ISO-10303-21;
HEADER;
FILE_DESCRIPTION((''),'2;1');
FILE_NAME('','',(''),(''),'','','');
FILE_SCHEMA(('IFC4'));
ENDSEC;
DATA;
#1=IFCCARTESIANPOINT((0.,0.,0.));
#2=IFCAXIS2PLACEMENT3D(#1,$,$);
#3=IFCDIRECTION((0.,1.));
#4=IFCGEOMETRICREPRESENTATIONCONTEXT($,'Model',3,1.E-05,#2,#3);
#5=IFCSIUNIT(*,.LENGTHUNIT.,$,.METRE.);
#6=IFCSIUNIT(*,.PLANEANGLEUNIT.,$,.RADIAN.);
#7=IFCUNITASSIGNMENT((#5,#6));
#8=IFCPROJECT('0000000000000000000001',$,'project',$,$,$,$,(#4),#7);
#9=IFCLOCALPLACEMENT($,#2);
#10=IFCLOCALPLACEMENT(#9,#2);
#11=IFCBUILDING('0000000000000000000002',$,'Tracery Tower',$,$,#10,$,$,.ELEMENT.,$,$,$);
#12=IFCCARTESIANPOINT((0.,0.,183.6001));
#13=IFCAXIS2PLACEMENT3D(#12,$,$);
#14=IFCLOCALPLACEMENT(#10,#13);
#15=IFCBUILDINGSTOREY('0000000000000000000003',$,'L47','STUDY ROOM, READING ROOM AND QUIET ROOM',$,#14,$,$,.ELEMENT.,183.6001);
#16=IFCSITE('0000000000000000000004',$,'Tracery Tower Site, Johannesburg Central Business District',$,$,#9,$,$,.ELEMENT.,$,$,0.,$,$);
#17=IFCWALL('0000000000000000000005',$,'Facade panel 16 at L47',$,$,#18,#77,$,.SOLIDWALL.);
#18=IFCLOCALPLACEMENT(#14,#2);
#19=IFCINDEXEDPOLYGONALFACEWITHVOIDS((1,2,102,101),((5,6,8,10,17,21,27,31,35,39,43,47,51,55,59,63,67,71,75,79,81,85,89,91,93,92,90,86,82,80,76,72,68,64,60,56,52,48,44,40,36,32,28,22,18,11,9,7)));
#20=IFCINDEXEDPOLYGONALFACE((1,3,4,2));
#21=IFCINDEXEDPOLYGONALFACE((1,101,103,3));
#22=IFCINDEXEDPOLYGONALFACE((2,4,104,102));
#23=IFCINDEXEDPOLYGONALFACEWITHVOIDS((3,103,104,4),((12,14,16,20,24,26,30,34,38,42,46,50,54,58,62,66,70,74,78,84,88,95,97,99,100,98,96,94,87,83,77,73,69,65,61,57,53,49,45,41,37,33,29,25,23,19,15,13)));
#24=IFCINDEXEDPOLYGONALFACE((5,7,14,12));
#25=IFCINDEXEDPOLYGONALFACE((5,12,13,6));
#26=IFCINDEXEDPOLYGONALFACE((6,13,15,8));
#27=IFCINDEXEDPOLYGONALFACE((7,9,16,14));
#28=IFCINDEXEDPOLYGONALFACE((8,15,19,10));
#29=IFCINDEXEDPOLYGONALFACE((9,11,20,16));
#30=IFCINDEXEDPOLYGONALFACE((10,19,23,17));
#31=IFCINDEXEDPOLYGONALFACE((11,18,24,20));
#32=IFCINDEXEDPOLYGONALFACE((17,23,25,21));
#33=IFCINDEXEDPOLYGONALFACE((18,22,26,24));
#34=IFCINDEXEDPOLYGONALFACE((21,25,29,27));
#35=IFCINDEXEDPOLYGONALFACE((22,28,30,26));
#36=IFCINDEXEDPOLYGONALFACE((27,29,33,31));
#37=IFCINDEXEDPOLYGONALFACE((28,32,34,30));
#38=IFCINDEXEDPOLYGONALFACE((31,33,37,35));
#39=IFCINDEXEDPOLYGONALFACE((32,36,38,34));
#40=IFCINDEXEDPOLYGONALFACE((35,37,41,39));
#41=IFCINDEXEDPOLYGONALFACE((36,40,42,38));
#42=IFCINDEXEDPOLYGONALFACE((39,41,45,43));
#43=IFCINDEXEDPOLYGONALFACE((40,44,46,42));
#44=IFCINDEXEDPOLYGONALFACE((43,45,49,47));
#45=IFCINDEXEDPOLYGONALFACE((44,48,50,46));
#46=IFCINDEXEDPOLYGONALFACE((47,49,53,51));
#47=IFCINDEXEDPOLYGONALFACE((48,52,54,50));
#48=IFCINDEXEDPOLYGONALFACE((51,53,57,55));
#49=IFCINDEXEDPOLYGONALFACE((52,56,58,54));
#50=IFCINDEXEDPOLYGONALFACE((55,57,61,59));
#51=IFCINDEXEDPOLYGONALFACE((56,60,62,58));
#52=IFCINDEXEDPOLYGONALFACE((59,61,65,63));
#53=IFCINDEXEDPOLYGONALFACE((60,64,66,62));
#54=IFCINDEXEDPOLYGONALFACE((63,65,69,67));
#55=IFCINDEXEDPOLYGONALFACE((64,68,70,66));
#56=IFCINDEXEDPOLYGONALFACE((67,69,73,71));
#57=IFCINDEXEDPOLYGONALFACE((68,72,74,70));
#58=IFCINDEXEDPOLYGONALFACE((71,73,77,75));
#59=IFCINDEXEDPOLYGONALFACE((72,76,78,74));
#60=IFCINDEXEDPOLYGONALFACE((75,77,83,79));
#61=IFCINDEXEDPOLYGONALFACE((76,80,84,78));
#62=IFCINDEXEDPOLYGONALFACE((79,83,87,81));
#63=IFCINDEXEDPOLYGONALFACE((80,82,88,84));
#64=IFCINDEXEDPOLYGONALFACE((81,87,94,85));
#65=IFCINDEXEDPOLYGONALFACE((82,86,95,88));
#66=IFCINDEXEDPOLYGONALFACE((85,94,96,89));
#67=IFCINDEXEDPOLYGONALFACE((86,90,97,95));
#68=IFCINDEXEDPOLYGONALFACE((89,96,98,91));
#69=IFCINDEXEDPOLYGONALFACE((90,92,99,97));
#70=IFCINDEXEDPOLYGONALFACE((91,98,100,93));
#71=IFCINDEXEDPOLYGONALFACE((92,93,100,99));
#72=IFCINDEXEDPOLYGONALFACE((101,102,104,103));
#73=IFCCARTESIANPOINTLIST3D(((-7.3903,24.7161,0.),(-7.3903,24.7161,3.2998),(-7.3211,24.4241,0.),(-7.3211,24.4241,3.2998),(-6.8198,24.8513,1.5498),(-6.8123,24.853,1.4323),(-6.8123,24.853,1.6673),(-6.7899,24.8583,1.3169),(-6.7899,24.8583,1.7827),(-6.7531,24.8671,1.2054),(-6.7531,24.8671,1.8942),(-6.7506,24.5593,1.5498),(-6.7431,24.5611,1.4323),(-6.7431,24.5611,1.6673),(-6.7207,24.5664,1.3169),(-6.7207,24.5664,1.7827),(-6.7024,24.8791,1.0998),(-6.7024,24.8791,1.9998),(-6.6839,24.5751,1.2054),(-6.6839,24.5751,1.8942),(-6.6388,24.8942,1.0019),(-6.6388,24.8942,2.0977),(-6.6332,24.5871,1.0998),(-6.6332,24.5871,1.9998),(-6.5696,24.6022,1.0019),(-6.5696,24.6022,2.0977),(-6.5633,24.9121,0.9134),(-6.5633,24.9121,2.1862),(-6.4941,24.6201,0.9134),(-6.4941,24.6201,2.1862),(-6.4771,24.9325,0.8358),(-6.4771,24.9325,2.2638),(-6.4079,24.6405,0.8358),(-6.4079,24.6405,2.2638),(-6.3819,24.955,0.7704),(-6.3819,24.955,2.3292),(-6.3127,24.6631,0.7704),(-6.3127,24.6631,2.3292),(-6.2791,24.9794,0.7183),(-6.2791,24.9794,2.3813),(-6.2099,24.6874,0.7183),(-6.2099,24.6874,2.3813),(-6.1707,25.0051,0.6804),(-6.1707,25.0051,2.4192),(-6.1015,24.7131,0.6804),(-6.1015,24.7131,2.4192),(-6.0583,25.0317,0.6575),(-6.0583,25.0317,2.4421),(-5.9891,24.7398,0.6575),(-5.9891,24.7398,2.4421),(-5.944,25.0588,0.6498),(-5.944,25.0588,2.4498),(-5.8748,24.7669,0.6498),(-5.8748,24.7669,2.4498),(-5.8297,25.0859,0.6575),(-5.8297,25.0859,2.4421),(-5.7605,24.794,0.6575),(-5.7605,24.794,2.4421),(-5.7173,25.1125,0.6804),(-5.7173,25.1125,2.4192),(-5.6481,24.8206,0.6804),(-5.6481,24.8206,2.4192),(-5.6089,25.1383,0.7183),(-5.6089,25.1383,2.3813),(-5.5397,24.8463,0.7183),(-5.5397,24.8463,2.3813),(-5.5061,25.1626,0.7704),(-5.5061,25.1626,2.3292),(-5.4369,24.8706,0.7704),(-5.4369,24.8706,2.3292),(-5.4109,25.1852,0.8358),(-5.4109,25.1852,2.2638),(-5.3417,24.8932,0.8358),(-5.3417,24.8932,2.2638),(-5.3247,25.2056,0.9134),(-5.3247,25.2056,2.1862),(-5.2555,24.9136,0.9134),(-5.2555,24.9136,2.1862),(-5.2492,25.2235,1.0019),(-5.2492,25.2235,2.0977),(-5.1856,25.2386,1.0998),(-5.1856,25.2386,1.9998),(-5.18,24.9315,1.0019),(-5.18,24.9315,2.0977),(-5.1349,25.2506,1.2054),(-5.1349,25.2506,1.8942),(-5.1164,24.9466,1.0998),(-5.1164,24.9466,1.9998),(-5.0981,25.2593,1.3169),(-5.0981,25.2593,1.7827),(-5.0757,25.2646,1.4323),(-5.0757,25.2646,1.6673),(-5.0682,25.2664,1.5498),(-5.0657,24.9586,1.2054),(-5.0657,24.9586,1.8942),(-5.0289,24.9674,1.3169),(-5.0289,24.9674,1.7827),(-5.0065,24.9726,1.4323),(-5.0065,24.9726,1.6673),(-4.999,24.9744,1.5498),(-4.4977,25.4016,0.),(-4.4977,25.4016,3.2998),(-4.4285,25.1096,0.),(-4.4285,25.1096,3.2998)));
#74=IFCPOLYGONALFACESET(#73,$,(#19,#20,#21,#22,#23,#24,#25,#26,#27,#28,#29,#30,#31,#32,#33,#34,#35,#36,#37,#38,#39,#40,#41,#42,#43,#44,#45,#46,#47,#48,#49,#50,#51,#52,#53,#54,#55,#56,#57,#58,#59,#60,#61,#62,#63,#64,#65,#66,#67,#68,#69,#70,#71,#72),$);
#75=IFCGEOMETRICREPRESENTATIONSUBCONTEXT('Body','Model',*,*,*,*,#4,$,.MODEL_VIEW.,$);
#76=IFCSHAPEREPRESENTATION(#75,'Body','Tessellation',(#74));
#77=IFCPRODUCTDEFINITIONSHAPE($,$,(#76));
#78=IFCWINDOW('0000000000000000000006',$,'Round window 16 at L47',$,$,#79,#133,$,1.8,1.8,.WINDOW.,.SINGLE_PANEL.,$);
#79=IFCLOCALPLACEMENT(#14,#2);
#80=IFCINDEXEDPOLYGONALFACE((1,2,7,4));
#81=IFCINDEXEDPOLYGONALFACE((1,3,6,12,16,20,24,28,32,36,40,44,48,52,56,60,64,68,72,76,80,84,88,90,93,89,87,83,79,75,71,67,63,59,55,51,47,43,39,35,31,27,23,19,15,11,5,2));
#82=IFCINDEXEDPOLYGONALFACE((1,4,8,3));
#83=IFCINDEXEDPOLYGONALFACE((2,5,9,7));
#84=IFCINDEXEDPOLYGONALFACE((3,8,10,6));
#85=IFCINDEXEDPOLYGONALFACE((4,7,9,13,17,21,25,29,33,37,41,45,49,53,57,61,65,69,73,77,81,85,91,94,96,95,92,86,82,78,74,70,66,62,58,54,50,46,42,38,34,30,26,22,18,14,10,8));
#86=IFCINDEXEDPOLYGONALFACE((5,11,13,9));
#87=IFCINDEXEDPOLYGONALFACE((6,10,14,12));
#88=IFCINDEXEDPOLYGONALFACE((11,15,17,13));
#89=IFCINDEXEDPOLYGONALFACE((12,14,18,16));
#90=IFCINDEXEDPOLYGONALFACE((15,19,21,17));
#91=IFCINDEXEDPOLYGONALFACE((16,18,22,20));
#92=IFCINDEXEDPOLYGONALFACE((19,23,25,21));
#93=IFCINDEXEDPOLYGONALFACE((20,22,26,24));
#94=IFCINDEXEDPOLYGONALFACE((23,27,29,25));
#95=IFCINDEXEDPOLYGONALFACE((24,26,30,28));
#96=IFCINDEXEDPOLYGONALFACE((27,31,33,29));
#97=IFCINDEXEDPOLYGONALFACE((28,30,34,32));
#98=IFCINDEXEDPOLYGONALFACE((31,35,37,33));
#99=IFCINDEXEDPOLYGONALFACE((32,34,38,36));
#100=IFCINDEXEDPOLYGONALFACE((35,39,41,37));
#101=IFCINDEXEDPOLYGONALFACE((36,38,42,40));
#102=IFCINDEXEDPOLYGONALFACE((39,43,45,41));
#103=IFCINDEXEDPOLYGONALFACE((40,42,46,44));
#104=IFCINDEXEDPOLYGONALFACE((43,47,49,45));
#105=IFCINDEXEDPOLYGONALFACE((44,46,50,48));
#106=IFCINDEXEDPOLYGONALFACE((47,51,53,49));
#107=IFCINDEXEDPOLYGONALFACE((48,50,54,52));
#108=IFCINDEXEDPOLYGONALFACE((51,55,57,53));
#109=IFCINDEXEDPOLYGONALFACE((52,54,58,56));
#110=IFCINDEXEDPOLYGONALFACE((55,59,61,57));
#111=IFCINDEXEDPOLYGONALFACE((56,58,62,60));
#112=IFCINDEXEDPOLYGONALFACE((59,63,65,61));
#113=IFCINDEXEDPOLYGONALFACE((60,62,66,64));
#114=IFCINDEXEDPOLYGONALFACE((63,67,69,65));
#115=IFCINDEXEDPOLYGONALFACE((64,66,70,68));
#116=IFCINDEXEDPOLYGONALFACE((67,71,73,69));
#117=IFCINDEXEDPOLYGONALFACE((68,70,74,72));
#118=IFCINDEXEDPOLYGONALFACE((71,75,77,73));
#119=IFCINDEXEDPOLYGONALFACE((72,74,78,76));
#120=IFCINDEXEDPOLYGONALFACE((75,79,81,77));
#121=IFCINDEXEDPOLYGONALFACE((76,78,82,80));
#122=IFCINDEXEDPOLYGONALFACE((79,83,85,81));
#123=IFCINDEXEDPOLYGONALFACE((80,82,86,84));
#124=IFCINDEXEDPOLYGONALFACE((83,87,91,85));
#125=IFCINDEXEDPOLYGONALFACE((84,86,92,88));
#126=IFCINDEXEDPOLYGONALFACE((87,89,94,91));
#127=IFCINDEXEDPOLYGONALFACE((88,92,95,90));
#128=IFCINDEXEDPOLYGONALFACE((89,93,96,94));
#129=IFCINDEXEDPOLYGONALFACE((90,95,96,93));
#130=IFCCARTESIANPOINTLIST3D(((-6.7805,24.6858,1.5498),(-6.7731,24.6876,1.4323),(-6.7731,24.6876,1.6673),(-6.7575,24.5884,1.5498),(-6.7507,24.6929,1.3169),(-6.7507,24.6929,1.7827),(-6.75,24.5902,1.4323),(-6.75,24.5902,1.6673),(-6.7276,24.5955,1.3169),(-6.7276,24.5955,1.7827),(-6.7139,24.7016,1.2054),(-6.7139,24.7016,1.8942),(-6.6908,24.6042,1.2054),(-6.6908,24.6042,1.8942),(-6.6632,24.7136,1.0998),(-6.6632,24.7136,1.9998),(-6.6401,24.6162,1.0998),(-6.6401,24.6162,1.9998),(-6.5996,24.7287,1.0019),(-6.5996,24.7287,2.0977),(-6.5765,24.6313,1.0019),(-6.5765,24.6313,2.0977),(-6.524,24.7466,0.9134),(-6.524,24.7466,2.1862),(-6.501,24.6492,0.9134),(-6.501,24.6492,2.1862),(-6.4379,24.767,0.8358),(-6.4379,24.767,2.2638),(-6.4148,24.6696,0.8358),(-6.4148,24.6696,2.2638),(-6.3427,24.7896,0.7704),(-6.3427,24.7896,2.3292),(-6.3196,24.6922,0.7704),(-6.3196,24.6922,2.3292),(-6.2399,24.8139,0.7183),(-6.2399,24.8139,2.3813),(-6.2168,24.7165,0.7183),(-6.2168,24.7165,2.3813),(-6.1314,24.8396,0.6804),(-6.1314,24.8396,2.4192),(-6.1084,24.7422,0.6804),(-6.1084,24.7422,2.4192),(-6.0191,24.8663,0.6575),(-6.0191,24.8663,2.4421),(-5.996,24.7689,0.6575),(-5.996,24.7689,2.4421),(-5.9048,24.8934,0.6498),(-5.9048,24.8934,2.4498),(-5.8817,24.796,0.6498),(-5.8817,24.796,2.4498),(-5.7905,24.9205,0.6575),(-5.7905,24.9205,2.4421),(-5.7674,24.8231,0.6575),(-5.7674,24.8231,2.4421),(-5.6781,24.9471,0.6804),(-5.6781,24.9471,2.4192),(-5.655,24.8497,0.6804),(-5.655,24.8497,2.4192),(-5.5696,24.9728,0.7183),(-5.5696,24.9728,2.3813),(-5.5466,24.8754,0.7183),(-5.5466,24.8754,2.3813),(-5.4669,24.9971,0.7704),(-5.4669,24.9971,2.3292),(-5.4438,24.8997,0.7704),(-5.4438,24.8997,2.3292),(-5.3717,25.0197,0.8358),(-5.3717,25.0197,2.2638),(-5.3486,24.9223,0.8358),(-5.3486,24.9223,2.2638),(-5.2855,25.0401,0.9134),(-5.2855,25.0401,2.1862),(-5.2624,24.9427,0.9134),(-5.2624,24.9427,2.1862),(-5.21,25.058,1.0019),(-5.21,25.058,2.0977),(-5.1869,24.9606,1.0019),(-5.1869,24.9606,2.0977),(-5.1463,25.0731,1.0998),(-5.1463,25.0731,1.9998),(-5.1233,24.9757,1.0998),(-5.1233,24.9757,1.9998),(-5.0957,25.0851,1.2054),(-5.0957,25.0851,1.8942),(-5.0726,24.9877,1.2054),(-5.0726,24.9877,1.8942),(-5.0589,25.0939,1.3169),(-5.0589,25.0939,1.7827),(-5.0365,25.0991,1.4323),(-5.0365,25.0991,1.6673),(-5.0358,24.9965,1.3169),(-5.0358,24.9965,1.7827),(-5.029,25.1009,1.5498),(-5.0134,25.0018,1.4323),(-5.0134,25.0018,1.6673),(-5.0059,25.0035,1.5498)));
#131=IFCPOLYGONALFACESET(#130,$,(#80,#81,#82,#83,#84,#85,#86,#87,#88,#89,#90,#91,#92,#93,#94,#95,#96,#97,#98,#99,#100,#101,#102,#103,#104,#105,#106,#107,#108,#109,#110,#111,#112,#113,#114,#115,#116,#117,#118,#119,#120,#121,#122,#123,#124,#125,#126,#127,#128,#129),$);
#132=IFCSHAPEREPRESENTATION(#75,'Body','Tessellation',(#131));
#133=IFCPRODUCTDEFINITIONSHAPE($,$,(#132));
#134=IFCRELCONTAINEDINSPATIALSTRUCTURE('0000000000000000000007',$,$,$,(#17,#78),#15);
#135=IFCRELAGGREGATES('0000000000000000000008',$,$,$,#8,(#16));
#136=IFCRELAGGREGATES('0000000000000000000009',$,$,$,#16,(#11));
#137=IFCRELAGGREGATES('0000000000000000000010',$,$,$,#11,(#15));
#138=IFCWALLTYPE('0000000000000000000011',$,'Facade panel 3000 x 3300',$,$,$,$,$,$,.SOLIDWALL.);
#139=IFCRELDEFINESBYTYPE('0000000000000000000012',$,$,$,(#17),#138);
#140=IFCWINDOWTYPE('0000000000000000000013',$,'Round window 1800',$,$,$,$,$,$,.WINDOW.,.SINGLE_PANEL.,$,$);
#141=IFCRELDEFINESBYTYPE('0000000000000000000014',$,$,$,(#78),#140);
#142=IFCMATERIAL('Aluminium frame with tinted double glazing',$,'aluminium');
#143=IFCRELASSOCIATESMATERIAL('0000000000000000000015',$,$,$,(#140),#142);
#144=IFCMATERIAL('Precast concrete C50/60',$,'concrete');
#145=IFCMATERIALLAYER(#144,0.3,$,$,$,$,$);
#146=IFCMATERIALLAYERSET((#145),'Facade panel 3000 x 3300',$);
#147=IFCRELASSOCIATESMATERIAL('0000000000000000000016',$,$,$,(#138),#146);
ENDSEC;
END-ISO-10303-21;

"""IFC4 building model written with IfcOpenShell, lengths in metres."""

from ifc_helpers import new_model, si_unit, direction, frame, frame_2d, origin, origin_2d, place, context, subcontext, project, spatial, rectangle, circle, extrude, material, layer, layer_set, type_object, element, fill, save


model = new_model("IFC4")

# Units and contexts
model_context = context("Model", 3, precision=1e-05, world=origin(), true_north=direction((0.0, 1.0)))
body_context = subcontext(model_context, "Body", "Model", "MODEL_VIEW")
ifc_project = project(units=[si_unit("LENGTHUNIT", "METRE"), si_unit("PLANEANGLEUNIT", "RADIAN")], contexts=[model_context])

# Site, building, storey
site_placement = place(None, origin())
site = spatial("IfcSite", under=ifc_project, at=site_placement, Name="Tracery Tower Site, Johannesburg Central Business District", CompositionType="ELEMENT", RefElevation=0.0)
building_placement = place(site_placement, origin())
building = spatial("IfcBuilding", under=site, at=building_placement, Name="Tracery Tower", CompositionType="ELEMENT")
storey_placement = place(building_placement, frame((0.0, 0.0, 183.6001)))
storey = spatial("IfcBuildingStorey", under=building, at=storey_placement, Name="L47", Description="STUDY ROOM, READING ROOM AND QUIET ROOM", CompositionType="ELEMENT", Elevation=183.6001)

# Wall, opening, window
ifc_material_1 = material(Name="Aluminium frame with tinted double glazing", Category="aluminium")
window_type = type_object("IfcWindowType", Name="Round window 1800", PartitioningType="SINGLE_PANEL", PredefinedType="WINDOW", material=ifc_material_1)
ifc_material_2 = material(Name="Precast concrete C50/60", Category="concrete")
ifc_layer_1 = layer(ifc_material_2, 0.3)
ifc_layer_set_1 = layer_set([ifc_layer_1], Name="Facade panel 3000 x 3300")
wall_type_1 = type_object("IfcWallType", Name="Facade panel 3000 x 3300", PredefinedType="SOLIDWALL", material=ifc_layer_set_1)
wall_1_placement = place(storey_placement, frame((-4.4631, 25.2556, 0.0), z_axis=(0.0, 0.0, 1.0), x_axis=(-0.973045, -0.230614, 0.0)))
wall_1 = element("IfcWall", 1, at=wall_1_placement, inside=storey, type_object=wall_type_1, Name="Facade panel 16 at L47", PredefinedType="SOLIDWALL", context=body_context, shape_type="SweptSolid", body=[
    extrude(rectangle(XDim=2.9727, YDim=0.3, at=frame_2d((1.4863, 0.0))), origin(), (0.0, 0.0, 1.0), 3.2998),
])
opening_1_placement = place(wall_1_placement, frame((1.4863, 0.0, 1.5498)))
opening_1 = element("IfcOpeningElement", 2, at=opening_1_placement, cuts=wall_1, PredefinedType="OPENING", context=body_context, shape_type="SweptSolid", body=[
    extrude(circle(Radius=0.9, at=origin_2d()), frame((0.0, 0.1599, 0.0), z_axis=(0.0, -1.0, 0.0), x_axis=(1.0, 0.0, 0.0)), (0.0, 0.0, 1.0), 0.3201),
])
window_1_placement = place(opening_1_placement, origin())
window_1 = element("IfcWindow", 3, at=window_1_placement, inside=storey, type_object=window_type, Name="Round window 16 at L47", OverallHeight=1.8, OverallWidth=1.8, PartitioningType="SINGLE_PANEL", PredefinedType="WINDOW", context=body_context, shape_type="SweptSolid", body=[
    extrude(circle(Radius=0.9, at=origin_2d()), frame((0.0, 0.1201, 0.0), z_axis=(0.0, -1.0, 0.0), x_axis=(1.0, 0.0, 0.0)), (0.0, 0.0, 1.0), 0.1001),
])
fill(opening_1, window_1)

save(model, "model.ifc")
